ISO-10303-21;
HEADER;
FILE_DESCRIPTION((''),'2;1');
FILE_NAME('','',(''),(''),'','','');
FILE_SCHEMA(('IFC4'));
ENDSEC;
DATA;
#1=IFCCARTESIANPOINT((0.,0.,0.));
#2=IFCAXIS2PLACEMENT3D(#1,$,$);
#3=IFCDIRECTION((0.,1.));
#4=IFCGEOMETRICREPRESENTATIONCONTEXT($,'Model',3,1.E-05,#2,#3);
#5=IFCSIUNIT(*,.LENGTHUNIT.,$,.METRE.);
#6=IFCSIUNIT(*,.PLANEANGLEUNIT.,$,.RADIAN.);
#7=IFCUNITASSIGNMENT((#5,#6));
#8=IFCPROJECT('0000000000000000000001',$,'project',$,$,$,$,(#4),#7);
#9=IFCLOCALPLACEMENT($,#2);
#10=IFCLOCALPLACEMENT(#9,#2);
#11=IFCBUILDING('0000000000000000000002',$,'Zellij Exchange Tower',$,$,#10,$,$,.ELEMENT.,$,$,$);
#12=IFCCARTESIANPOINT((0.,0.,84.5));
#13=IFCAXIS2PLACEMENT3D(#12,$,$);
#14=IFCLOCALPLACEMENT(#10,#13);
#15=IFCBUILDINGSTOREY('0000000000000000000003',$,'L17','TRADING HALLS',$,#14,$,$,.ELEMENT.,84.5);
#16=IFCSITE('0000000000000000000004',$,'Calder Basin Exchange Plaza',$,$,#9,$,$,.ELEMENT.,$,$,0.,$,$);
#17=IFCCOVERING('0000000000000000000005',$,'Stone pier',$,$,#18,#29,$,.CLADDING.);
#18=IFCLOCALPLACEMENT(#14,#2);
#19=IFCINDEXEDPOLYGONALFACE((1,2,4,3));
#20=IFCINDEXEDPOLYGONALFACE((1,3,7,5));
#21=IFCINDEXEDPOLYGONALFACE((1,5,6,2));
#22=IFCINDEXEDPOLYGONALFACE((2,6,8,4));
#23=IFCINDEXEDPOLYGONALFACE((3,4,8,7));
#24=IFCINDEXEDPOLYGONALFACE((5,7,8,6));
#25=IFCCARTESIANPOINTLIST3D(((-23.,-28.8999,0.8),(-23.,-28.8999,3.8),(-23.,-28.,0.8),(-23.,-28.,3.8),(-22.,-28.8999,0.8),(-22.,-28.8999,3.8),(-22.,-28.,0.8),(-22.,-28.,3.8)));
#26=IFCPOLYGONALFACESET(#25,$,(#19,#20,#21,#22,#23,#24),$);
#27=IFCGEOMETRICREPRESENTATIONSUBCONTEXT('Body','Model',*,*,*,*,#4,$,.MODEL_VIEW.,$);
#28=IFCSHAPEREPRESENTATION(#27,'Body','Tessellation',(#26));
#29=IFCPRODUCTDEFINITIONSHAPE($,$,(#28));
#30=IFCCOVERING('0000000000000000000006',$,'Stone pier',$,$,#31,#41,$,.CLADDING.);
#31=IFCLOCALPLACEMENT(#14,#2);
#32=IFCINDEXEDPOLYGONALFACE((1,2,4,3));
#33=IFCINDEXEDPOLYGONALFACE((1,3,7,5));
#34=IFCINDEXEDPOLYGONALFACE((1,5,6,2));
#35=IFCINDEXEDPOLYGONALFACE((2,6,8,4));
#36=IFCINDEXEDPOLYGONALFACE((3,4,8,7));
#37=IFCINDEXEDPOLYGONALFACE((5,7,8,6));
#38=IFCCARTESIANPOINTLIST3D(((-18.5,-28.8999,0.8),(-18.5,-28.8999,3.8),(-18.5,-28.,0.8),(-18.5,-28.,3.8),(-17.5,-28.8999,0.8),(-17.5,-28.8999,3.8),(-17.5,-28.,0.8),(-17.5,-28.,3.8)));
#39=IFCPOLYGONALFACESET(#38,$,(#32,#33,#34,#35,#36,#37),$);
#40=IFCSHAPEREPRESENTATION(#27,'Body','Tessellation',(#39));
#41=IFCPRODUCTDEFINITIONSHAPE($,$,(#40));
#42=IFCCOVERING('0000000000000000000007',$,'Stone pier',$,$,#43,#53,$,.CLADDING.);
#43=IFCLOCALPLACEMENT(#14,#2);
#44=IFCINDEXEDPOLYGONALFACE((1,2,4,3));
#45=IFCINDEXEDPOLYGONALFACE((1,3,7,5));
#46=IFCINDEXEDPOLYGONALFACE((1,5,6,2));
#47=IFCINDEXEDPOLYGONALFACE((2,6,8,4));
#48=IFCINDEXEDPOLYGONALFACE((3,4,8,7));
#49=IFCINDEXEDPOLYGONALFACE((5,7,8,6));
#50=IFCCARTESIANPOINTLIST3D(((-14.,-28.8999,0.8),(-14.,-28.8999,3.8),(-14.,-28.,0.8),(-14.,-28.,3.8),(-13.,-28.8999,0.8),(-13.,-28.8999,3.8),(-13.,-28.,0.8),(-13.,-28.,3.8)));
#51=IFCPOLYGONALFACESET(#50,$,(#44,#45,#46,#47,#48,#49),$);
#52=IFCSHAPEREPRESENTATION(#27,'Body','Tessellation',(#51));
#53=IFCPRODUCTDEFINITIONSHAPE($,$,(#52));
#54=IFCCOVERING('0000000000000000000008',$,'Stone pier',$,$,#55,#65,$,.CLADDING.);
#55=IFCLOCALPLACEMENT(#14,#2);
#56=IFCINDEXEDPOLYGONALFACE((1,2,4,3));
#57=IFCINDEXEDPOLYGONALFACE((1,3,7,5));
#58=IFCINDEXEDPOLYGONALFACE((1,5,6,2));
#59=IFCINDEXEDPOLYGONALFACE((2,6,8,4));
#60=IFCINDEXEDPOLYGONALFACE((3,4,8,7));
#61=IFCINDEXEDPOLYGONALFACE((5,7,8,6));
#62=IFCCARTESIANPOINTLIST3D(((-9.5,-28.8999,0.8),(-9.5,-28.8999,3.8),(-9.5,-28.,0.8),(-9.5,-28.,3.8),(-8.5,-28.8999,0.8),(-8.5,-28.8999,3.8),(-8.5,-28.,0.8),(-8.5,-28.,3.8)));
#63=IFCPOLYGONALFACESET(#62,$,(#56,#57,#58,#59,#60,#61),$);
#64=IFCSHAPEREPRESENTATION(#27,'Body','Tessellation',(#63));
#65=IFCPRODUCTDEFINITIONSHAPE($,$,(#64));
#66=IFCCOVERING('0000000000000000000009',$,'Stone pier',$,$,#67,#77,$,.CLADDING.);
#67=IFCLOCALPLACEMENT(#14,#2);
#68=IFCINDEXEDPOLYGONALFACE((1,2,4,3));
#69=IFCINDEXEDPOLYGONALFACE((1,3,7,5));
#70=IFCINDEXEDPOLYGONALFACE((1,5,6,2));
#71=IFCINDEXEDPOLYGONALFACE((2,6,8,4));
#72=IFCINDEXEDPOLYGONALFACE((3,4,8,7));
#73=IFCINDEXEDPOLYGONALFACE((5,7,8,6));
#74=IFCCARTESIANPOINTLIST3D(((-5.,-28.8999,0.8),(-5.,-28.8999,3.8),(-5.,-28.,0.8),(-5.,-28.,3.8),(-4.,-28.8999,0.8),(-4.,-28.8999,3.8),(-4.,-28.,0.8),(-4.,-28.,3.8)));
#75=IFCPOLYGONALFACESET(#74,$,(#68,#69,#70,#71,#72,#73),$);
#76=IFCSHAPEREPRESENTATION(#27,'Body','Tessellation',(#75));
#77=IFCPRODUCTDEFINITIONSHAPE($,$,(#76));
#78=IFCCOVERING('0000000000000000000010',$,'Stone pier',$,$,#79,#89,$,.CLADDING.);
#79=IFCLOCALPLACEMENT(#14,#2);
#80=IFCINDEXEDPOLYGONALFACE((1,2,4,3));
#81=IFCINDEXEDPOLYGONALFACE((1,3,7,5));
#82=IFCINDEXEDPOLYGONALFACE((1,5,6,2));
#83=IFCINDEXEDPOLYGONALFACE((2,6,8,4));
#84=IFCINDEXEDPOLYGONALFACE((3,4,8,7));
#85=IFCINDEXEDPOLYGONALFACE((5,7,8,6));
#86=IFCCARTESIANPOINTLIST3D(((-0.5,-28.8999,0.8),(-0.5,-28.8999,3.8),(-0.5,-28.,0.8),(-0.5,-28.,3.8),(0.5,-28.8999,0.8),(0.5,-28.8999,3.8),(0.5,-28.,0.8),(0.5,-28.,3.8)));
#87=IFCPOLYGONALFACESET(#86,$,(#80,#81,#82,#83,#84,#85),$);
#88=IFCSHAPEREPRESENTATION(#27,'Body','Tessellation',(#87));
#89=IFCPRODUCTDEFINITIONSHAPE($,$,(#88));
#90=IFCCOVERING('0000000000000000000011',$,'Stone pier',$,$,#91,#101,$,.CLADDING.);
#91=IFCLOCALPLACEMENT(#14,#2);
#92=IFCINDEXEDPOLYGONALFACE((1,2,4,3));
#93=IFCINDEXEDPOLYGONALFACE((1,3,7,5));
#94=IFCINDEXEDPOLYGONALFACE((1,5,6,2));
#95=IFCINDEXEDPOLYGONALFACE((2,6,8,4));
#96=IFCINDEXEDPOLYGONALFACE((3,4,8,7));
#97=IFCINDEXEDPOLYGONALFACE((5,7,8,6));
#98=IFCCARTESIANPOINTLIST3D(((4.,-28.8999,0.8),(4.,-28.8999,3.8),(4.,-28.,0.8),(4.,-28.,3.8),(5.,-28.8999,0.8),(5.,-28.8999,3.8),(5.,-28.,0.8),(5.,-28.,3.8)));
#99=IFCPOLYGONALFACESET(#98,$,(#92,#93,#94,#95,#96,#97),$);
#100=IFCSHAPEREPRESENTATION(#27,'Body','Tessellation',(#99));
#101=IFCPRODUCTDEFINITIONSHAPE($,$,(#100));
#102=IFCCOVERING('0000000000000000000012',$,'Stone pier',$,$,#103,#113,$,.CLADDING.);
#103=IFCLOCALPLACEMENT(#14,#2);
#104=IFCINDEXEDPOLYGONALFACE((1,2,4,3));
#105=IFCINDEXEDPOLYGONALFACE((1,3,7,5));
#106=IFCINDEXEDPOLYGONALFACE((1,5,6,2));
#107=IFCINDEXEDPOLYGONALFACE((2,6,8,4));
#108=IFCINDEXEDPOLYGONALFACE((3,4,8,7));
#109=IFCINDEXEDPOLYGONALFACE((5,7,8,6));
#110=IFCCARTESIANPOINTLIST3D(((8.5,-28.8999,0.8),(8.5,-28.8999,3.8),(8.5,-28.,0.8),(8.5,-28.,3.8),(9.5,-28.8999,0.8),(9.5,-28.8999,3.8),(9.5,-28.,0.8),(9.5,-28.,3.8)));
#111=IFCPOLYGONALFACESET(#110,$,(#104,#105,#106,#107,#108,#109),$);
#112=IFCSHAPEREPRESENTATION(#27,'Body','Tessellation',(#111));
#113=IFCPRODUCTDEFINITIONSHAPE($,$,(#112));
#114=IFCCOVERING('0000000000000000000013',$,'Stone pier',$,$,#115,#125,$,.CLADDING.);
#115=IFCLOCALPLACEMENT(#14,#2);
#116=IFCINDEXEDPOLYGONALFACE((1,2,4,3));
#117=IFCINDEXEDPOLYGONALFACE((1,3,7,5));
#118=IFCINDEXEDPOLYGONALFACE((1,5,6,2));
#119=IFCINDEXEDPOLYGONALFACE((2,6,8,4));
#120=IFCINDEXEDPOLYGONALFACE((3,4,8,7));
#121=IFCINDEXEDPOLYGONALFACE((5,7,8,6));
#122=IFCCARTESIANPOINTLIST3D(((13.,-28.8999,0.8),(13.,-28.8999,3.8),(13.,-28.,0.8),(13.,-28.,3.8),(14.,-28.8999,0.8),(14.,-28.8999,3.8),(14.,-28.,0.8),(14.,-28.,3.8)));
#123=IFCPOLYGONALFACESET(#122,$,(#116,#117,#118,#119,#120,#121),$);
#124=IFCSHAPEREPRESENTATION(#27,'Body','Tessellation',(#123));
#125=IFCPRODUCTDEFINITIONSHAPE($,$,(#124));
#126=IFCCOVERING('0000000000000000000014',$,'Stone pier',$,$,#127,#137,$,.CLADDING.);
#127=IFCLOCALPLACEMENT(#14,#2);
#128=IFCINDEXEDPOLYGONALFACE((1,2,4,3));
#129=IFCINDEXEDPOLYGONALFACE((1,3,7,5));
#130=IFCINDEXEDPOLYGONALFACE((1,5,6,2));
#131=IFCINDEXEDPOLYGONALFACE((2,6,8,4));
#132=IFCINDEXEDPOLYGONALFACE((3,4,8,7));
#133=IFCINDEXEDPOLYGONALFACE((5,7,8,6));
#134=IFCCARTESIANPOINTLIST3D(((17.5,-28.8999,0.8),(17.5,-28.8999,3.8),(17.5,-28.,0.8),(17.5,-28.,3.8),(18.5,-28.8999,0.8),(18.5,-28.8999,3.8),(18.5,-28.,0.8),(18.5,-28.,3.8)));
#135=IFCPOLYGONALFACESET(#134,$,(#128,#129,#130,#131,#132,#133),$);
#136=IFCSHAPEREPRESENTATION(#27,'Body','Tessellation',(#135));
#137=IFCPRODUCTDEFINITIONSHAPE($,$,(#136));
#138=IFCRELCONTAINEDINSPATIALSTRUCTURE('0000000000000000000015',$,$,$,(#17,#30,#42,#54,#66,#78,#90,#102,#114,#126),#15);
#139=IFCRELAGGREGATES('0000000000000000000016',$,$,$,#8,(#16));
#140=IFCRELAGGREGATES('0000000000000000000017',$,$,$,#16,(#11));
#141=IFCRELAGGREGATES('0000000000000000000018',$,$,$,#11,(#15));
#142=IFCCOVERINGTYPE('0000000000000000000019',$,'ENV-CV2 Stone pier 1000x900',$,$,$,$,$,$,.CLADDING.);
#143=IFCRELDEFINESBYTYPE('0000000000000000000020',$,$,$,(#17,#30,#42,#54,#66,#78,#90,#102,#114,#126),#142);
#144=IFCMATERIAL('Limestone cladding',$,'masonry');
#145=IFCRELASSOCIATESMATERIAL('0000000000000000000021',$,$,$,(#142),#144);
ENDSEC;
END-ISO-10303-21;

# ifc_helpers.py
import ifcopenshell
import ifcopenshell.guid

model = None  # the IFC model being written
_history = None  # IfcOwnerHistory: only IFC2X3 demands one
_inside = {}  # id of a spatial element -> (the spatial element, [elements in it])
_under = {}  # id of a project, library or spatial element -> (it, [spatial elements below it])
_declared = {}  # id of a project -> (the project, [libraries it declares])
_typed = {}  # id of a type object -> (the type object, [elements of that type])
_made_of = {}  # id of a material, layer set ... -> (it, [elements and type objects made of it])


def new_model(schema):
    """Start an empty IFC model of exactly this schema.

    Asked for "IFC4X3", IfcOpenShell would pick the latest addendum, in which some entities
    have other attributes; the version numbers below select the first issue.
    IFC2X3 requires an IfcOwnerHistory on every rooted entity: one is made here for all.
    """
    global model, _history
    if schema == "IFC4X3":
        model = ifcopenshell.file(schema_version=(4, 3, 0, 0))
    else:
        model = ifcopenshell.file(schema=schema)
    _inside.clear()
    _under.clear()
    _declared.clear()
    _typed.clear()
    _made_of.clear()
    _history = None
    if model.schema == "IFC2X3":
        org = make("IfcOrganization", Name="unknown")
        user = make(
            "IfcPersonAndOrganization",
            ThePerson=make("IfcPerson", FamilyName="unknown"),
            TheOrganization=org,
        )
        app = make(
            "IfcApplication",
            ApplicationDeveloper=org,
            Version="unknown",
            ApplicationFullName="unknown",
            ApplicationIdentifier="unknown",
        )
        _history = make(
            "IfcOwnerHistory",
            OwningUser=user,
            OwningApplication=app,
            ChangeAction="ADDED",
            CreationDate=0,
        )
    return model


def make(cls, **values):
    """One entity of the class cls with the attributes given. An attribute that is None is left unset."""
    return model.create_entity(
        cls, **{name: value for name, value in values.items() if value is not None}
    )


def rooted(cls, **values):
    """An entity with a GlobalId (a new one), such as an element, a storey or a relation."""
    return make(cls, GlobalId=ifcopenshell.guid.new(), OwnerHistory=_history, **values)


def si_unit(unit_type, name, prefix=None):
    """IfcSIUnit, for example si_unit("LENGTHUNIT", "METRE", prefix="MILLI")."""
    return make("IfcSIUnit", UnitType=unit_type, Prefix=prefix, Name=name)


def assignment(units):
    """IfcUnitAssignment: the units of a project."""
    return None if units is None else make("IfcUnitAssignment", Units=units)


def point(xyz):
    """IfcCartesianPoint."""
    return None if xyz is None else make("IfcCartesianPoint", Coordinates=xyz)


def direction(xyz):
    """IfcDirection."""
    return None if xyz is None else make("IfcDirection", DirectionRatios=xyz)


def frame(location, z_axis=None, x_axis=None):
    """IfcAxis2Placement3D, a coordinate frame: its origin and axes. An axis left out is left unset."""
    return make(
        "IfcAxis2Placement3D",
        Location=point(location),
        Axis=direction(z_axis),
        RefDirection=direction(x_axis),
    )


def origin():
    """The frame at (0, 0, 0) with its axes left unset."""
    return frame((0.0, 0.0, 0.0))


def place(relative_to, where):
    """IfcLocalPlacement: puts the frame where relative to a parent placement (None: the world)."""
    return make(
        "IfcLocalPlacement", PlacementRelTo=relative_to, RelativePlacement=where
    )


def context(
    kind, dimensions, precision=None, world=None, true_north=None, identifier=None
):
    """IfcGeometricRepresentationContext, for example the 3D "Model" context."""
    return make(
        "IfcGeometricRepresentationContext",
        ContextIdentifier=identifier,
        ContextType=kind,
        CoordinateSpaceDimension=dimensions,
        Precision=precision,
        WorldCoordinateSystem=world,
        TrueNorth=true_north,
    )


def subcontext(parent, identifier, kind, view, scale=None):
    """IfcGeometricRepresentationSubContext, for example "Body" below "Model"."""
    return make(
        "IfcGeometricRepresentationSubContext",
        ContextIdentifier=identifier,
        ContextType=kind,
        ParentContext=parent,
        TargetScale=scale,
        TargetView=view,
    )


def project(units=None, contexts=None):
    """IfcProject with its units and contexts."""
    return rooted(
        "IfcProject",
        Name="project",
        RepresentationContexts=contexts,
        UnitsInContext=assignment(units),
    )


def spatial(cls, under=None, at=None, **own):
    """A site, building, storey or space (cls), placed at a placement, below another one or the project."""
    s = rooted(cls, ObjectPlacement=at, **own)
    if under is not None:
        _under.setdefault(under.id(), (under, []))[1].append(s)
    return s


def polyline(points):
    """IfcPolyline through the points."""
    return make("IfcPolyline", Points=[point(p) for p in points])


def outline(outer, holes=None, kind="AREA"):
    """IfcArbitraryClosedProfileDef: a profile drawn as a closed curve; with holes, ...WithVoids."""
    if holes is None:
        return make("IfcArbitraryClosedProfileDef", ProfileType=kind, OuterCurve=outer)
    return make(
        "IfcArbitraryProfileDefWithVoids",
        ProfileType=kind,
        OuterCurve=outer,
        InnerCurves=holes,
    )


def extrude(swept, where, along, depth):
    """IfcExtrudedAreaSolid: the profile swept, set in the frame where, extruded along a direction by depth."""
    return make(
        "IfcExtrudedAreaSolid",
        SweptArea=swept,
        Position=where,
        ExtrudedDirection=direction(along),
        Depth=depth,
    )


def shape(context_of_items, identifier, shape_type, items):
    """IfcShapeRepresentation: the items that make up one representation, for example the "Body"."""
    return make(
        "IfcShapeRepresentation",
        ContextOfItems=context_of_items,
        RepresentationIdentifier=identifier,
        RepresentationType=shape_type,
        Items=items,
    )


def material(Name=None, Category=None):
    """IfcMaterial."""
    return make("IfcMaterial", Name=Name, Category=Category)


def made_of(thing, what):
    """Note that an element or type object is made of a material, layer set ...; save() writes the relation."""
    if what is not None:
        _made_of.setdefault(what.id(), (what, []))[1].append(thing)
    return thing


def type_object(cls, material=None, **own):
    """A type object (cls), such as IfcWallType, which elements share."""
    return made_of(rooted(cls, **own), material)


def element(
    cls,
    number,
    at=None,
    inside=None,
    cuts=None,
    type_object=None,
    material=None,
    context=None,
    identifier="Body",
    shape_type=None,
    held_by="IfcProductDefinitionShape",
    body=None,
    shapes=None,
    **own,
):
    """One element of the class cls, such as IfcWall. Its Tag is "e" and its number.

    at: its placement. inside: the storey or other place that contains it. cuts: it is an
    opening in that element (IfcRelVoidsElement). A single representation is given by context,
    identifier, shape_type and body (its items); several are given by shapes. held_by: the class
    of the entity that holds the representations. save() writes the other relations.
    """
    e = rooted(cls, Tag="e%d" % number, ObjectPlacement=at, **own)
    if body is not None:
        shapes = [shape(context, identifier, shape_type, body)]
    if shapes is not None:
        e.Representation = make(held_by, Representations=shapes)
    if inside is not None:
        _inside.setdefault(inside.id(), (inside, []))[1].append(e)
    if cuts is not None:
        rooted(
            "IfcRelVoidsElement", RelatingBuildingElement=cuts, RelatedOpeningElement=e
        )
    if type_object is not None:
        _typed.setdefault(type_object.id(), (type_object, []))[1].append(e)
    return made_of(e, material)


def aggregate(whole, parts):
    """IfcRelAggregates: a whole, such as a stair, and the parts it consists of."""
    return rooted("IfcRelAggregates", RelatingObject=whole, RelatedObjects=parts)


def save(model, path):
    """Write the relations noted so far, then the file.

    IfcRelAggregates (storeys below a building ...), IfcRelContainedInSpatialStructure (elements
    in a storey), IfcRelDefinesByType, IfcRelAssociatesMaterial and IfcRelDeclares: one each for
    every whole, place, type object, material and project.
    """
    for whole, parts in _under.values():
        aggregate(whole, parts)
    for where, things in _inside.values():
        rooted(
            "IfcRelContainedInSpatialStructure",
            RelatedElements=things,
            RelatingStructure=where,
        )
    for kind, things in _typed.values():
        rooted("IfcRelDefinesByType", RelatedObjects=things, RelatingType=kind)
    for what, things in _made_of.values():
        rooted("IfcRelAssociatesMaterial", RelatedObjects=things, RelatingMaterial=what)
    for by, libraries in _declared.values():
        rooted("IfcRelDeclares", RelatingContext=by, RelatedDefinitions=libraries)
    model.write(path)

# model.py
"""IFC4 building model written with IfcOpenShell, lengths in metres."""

from ifc_helpers import new_model, si_unit, direction, frame, origin, place, context, subcontext, project, spatial, polyline, outline, extrude, material, type_object, element, save


model = new_model("IFC4")

# Units and contexts
model_context = context("Model", 3, precision=1e-05, world=origin(), true_north=direction((0.0, 1.0)))
body_context = subcontext(model_context, "Body", "Model", "MODEL_VIEW")
ifc_project = project(units=[si_unit("LENGTHUNIT", "METRE"), si_unit("PLANEANGLEUNIT", "RADIAN")], contexts=[model_context])

# Site, building, storey
site_placement = place(None, origin())
site = spatial("IfcSite", under=ifc_project, at=site_placement, Name="Calder Basin Exchange Plaza", CompositionType="ELEMENT", RefElevation=0.0)
building_placement = place(site_placement, origin())
building = spatial("IfcBuilding", under=site, at=building_placement, Name="Zellij Exchange Tower", CompositionType="ELEMENT")
storey_placement = place(building_placement, frame((0.0, 0.0, 84.5)))
storey = spatial("IfcBuildingStorey", under=building, at=storey_placement, Name="L17", Description="TRADING HALLS", CompositionType="ELEMENT", Elevation=84.5)

# Coverings
ifc_material_1 = material(Name="Limestone cladding", Category="masonry")
covering_type = type_object("IfcCoveringType", Name="ENV-CV2 Stone pier 1000x900", PredefinedType="CLADDING", material=ifc_material_1)
covering_1_placement = place(storey_placement, frame((0.0, 0.0, 0.8)))
element("IfcCovering", 1, at=covering_1_placement, inside=storey, type_object=covering_type, Name="Stone pier", PredefinedType="CLADDING", context=body_context, shape_type="SweptSolid", body=[
    extrude(outline(polyline([(-23.0, -28.0), (-22.0, -28.0), (-22.0, -28.8999), (-23.0, -28.8999), (-23.0, -28.0)])), origin(), (0.0, 0.0, 1.0), 3.0),
])
covering_2_placement = place(storey_placement, frame((0.0, 0.0, 0.8)))
element("IfcCovering", 2, at=covering_2_placement, inside=storey, type_object=covering_type, Name="Stone pier", PredefinedType="CLADDING", context=body_context, shape_type="SweptSolid", body=[
    extrude(outline(polyline([(-18.5, -28.0), (-17.5, -28.0), (-17.5, -28.8999), (-18.5, -28.8999), (-18.5, -28.0)])), origin(), (0.0, 0.0, 1.0), 3.0),
])
covering_3_placement = place(storey_placement, frame((0.0, 0.0, 0.8)))
element("IfcCovering", 3, at=covering_3_placement, inside=storey, type_object=covering_type, Name="Stone pier", PredefinedType="CLADDING", context=body_context, shape_type="SweptSolid", body=[
    extrude(outline(polyline([(-14.0, -28.0), (-13.0, -28.0), (-13.0, -28.8999), (-14.0, -28.8999), (-14.0, -28.0)])), origin(), (0.0, 0.0, 1.0), 3.0),
])
covering_4_placement = place(storey_placement, frame((0.0, 0.0, 0.8)))
element("IfcCovering", 4, at=covering_4_placement, inside=storey, type_object=covering_type, Name="Stone pier", PredefinedType="CLADDING", context=body_context, shape_type="SweptSolid", body=[
    extrude(outline(polyline([(-9.5, -28.0), (-8.5, -28.0), (-8.5, -28.8999), (-9.5, -28.8999), (-9.5, -28.0)])), origin(), (0.0, 0.0, 1.0), 3.0),
])
covering_5_placement = place(storey_placement, frame((0.0, 0.0, 0.8)))
element("IfcCovering", 5, at=covering_5_placement, inside=storey, type_object=covering_type, Name="Stone pier", PredefinedType="CLADDING", context=body_context, shape_type="SweptSolid", body=[
    extrude(outline(polyline([(-5.0, -28.0), (-4.0, -28.0), (-4.0, -28.8999), (-5.0, -28.8999), (-5.0, -28.0)])), origin(), (0.0, 0.0, 1.0), 3.0),
])
covering_6_placement = place(storey_placement, frame((0.0, 0.0, 0.8)))
element("IfcCovering", 6, at=covering_6_placement, inside=storey, type_object=covering_type, Name="Stone pier", PredefinedType="CLADDING", context=body_context, shape_type="SweptSolid", body=[
    extrude(outline(polyline([(-0.5, -28.0), (0.5, -28.0), (0.5, -28.8999), (-0.5, -28.8999), (-0.5, -28.0)])), origin(), (0.0, 0.0, 1.0), 3.0),
])
covering_7_placement = place(storey_placement, frame((0.0, 0.0, 0.8)))
element("IfcCovering", 7, at=covering_7_placement, inside=storey, type_object=covering_type, Name="Stone pier", PredefinedType="CLADDING", context=body_context, shape_type="SweptSolid", body=[
    extrude(outline(polyline([(4.0, -28.0), (5.0, -28.0), (5.0, -28.8999), (4.0, -28.8999), (4.0, -28.0)])), origin(), (0.0, 0.0, 1.0), 3.0),
])
covering_8_placement = place(storey_placement, frame((0.0, 0.0, 0.8)))
element("IfcCovering", 8, at=covering_8_placement, inside=storey, type_object=covering_type, Name="Stone pier", PredefinedType="CLADDING", context=body_context, shape_type="SweptSolid", body=[
    extrude(outline(polyline([(8.5, -28.0), (9.5, -28.0), (9.5, -28.8999), (8.5, -28.8999), (8.5, -28.0)])), origin(), (0.0, 0.0, 1.0), 3.0),
])
covering_9_placement = place(storey_placement, frame((0.0, 0.0, 0.8)))
element("IfcCovering", 9, at=covering_9_placement, inside=storey, type_object=covering_type, Name="Stone pier", PredefinedType="CLADDING", context=body_context, shape_type="SweptSolid", body=[
    extrude(outline(polyline([(13.0, -28.0), (14.0, -28.0), (14.0, -28.8999), (13.0, -28.8999), (13.0, -28.0)])), origin(), (0.0, 0.0, 1.0), 3.0),
])
covering_10_placement = place(storey_placement, frame((0.0, 0.0, 0.8)))
element("IfcCovering", 10, at=covering_10_placement, inside=storey, type_object=covering_type, Name="Stone pier", PredefinedType="CLADDING", context=body_context, shape_type="SweptSolid", body=[
    extrude(outline(polyline([(17.5, -28.0), (18.5, -28.0), (18.5, -28.8999), (17.5, -28.8999), (17.5, -28.0)])), origin(), (0.0, 0.0, 1.0), 3.0),
])

save(model, "model.ifc")
